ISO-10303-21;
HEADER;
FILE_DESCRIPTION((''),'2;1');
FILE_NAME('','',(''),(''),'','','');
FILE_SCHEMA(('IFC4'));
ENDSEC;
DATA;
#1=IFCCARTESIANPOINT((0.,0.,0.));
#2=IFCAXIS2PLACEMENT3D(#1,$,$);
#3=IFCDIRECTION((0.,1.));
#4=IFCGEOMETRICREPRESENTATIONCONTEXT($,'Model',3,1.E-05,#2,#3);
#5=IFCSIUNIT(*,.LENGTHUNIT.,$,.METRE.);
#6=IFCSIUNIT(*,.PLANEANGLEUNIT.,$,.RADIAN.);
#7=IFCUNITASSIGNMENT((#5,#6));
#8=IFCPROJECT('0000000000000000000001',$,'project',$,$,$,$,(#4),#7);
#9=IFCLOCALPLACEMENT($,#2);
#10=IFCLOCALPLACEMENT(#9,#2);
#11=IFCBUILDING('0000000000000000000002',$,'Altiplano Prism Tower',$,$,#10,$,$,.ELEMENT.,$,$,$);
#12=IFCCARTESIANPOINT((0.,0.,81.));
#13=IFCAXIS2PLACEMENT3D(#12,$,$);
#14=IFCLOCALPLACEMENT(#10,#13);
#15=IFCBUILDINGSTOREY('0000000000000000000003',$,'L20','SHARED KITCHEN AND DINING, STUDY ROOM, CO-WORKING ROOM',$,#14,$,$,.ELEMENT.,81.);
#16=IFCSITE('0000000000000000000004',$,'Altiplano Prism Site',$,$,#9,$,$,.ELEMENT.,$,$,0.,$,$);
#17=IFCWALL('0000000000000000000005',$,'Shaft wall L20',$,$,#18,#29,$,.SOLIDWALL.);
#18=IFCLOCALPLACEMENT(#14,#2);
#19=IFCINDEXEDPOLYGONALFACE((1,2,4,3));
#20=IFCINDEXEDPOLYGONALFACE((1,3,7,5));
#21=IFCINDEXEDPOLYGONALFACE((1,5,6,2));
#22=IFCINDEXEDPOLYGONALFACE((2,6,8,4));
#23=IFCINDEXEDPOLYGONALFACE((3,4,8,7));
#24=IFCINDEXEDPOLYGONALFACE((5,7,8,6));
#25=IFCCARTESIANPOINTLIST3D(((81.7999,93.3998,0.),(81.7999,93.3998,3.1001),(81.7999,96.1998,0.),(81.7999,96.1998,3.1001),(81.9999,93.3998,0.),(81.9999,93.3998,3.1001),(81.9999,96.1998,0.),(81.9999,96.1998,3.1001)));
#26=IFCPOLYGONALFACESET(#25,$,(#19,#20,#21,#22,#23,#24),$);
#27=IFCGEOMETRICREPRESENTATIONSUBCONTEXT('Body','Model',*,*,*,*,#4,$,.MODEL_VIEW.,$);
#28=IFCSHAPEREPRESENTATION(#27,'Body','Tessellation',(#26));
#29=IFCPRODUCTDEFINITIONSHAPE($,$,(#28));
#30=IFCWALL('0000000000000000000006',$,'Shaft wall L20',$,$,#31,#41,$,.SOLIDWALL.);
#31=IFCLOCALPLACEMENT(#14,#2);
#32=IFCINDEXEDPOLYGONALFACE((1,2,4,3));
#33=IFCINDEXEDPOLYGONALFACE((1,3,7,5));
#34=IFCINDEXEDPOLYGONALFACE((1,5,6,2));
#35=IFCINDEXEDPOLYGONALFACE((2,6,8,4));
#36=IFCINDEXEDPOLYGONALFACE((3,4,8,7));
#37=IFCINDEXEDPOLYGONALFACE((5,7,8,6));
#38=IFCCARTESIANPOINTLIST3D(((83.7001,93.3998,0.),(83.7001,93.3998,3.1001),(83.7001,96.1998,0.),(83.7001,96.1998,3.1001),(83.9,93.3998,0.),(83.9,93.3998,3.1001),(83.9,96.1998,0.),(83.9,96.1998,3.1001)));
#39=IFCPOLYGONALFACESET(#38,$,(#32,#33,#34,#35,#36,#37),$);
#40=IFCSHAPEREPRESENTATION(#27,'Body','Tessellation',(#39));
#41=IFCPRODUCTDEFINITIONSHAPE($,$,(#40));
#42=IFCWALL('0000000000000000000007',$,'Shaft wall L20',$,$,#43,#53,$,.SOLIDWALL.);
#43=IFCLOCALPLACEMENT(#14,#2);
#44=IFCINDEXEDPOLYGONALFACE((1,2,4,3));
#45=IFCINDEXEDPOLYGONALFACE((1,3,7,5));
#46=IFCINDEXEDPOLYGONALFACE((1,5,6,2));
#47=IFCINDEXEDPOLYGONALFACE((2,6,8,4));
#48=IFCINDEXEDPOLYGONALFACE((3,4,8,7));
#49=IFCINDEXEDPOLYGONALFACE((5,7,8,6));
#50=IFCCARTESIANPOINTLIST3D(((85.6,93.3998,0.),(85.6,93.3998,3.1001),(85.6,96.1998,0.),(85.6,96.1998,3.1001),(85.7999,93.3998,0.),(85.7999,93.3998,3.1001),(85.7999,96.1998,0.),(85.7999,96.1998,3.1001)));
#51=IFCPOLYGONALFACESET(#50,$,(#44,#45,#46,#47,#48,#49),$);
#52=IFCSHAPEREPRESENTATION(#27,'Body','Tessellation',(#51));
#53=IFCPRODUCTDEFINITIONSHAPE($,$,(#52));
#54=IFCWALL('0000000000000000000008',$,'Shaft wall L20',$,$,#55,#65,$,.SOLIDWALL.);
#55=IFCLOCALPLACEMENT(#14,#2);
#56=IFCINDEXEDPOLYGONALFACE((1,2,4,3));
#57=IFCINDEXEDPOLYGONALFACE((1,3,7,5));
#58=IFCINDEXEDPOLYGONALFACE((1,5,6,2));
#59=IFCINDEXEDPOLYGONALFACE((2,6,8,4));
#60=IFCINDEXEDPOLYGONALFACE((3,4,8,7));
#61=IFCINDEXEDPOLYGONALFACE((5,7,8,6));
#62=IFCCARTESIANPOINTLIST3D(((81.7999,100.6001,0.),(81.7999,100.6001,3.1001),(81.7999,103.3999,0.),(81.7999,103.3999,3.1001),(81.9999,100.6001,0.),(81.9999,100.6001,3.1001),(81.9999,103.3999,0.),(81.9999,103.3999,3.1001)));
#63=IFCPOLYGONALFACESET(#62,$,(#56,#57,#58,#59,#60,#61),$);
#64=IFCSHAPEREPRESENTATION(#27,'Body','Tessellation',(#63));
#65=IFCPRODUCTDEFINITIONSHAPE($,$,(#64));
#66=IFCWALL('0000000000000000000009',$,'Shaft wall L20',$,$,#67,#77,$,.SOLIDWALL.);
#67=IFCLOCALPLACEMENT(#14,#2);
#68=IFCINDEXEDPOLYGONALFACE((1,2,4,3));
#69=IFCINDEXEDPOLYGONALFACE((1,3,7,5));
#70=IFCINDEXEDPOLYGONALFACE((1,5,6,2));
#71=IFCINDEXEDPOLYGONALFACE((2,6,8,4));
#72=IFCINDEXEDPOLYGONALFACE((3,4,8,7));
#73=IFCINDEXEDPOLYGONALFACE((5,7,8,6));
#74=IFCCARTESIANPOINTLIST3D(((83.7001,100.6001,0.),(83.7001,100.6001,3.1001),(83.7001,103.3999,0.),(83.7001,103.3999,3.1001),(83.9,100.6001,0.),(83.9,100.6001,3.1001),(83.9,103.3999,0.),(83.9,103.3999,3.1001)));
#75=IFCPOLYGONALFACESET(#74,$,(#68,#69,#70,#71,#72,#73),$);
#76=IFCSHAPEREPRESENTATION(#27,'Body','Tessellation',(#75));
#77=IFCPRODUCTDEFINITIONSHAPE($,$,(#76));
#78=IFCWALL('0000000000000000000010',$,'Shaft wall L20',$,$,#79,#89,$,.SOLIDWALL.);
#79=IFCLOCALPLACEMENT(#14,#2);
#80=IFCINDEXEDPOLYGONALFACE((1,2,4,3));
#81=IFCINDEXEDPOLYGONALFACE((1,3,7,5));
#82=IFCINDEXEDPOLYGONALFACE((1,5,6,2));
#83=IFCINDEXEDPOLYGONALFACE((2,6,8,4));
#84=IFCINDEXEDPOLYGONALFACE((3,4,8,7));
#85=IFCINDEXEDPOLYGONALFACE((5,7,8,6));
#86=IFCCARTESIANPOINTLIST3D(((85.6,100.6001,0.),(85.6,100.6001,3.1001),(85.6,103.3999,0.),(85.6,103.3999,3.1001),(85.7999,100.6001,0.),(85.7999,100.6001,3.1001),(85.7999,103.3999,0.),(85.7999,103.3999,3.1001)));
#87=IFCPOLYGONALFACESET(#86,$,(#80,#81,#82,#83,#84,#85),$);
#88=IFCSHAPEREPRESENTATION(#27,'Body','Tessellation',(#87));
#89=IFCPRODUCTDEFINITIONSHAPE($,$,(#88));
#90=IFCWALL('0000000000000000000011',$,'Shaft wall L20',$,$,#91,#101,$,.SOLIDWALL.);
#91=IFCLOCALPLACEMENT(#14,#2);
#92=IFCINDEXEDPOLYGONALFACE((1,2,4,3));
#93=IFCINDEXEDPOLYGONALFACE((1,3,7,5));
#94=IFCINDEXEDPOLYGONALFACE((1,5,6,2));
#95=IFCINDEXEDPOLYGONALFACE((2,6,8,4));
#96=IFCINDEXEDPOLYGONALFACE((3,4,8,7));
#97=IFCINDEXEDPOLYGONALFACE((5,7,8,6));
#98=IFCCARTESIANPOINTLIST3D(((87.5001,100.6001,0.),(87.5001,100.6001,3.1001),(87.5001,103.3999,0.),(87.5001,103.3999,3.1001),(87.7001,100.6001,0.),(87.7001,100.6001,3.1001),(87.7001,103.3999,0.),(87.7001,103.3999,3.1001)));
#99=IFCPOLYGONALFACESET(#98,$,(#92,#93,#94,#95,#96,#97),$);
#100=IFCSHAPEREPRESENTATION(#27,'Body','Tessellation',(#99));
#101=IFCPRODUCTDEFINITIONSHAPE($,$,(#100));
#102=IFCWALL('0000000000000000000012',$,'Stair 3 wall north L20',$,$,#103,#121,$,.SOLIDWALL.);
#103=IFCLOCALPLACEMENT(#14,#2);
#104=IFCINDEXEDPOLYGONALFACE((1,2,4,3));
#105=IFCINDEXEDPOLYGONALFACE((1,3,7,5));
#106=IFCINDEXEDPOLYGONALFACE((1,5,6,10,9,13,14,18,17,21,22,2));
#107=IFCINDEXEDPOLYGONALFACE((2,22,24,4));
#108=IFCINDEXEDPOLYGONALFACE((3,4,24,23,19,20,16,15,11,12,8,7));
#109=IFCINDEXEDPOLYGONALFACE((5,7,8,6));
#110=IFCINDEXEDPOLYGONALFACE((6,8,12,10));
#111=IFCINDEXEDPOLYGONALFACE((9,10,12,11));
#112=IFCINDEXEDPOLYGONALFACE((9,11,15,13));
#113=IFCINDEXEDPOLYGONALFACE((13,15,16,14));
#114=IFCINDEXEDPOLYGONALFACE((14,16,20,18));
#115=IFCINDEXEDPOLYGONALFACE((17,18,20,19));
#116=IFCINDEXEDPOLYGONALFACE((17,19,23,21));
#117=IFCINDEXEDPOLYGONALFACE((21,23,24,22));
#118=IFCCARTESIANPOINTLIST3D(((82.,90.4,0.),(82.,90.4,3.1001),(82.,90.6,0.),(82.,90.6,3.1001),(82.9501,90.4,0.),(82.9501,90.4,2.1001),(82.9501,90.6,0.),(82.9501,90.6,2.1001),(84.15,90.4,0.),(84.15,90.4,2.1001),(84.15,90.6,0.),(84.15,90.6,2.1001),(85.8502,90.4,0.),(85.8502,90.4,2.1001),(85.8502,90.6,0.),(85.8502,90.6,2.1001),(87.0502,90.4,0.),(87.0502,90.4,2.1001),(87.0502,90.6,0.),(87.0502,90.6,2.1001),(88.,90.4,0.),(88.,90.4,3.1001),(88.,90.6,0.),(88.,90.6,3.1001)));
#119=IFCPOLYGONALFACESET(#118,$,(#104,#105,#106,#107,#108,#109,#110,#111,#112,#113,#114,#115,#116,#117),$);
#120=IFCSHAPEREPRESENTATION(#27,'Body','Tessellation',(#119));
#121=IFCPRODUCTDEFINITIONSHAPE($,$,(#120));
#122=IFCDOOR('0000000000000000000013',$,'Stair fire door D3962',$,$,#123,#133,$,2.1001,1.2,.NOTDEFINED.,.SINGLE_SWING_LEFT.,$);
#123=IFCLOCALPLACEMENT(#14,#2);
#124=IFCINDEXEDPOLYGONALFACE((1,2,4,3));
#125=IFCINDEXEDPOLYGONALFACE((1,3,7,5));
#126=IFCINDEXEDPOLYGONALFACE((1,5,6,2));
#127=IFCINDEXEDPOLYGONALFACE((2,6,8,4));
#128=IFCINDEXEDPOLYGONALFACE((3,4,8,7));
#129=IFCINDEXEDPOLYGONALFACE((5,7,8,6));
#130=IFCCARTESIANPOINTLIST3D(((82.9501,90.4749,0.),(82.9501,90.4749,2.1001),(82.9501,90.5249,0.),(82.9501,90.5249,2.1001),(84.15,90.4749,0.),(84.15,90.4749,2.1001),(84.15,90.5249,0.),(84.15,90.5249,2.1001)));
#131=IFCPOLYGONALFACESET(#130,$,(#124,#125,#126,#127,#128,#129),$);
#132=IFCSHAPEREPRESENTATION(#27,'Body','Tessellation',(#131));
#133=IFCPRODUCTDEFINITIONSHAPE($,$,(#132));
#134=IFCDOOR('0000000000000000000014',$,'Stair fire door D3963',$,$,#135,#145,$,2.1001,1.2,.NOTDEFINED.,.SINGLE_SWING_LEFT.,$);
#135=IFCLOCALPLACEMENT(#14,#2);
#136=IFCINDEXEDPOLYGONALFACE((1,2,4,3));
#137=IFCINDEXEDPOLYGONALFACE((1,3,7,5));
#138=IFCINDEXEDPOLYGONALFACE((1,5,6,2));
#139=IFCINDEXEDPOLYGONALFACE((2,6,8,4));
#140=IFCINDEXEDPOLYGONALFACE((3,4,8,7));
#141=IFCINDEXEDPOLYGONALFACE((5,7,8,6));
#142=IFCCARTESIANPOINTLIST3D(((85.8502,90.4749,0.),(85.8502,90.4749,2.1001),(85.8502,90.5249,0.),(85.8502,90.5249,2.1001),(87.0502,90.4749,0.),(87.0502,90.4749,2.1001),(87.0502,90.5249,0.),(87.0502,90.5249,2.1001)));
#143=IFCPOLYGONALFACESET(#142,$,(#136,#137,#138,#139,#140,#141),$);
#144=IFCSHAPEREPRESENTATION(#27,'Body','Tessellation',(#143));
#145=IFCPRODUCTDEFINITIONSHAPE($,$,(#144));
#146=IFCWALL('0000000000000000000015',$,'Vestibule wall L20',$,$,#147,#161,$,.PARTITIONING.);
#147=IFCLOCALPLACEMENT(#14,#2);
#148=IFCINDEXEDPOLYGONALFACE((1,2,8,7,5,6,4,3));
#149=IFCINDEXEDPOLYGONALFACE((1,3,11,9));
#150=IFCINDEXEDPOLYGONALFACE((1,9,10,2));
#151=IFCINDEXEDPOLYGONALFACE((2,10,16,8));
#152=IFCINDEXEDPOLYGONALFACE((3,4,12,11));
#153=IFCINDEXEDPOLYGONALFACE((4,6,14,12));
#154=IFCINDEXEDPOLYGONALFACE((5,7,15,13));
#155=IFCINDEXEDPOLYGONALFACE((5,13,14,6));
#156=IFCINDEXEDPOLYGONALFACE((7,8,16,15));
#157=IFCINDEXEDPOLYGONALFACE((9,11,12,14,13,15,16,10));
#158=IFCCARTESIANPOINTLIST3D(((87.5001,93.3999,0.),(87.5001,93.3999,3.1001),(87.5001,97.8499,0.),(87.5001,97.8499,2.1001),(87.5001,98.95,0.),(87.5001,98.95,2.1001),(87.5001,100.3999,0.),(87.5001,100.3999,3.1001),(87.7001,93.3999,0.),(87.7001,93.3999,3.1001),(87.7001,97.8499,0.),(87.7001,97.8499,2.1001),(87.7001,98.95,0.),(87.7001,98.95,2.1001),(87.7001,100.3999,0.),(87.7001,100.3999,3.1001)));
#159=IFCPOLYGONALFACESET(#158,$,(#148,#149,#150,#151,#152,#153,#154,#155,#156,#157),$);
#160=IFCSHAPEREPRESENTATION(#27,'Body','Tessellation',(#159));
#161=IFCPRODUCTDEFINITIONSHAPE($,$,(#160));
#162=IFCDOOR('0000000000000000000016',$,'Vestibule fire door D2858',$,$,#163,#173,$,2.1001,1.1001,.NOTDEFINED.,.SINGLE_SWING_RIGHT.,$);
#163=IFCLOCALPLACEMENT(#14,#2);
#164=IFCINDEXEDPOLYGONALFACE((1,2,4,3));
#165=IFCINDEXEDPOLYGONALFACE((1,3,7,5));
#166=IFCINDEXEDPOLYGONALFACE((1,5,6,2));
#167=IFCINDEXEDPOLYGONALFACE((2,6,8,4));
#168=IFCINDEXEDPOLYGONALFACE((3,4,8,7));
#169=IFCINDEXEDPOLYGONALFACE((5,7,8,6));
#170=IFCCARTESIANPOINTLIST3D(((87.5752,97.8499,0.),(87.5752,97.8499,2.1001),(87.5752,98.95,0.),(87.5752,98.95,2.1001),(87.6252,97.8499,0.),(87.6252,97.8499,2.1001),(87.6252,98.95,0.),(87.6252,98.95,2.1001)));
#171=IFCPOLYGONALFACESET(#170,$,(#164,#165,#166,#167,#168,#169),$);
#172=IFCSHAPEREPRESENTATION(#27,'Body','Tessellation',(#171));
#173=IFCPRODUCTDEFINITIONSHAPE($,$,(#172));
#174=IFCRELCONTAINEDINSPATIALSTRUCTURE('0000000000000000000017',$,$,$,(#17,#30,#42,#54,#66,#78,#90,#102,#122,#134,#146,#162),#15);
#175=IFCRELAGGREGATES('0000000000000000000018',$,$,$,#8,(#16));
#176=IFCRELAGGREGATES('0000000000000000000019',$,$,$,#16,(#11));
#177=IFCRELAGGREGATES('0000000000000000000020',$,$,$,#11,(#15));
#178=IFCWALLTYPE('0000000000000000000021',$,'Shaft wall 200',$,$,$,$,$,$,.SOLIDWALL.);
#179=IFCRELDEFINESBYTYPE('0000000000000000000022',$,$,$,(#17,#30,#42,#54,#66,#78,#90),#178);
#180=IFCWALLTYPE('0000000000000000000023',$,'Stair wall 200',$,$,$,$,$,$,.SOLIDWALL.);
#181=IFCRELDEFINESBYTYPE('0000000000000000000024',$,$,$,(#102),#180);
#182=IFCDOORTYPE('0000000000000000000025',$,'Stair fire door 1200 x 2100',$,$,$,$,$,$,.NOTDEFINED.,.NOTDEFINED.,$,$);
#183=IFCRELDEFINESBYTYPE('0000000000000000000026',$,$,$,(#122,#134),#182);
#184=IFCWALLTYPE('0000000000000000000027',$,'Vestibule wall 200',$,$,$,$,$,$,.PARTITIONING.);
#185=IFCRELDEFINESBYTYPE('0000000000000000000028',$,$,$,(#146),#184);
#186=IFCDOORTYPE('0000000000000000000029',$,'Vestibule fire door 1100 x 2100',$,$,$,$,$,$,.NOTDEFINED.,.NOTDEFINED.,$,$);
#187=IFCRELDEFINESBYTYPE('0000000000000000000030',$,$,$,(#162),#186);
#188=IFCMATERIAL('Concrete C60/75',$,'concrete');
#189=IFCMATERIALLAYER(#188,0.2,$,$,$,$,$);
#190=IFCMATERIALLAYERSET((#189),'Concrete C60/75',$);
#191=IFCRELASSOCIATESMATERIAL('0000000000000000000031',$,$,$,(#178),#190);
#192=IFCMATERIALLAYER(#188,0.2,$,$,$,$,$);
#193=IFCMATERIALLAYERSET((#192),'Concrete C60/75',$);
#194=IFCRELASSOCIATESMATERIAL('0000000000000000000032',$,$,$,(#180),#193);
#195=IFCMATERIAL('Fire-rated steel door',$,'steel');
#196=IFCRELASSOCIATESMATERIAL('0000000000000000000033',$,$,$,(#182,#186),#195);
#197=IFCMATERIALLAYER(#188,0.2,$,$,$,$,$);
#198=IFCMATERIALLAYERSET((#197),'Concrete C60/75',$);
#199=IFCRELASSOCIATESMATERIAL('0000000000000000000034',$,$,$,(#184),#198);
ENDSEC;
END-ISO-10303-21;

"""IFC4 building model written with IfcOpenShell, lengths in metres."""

from ifc_helpers import new_model, si_unit, direction, frame, frame_2d, origin, place, context, subcontext, project, spatial, rectangle, extrude, material, layer, layer_set, type_object, element, fill, save


model = new_model("IFC4")

# Units and contexts
model_context = context("Model", 3, precision=1e-05, world=origin(), true_north=direction((0.0, 1.0)))
body_context = subcontext(model_context, "Body", "Model", "MODEL_VIEW")
ifc_project = project(units=[si_unit("LENGTHUNIT", "METRE"), si_unit("PLANEANGLEUNIT", "RADIAN")], contexts=[model_context])

# Site, building, storey
site_placement = place(None, origin())
site = spatial("IfcSite", under=ifc_project, at=site_placement, Name="Altiplano Prism Site", CompositionType="ELEMENT", RefElevation=0.0)
building_placement = place(site_placement, origin())
building = spatial("IfcBuilding", under=site, at=building_placement, Name="Altiplano Prism Tower", CompositionType="ELEMENT")
storey_placement = place(building_placement, frame((0.0, 0.0, 81.0)))
storey = spatial("IfcBuildingStorey", under=building, at=storey_placement, Name="L20", Description="SHARED KITCHEN AND DINING, STUDY ROOM, CO-WORKING ROOM", CompositionType="ELEMENT", Elevation=81.0)

# Walls
ifc_material_1 = material(Name="Concrete C60/75", Category="concrete")
ifc_layer_1 = layer(ifc_material_1, 0.2)
ifc_layer_set_1 = layer_set([ifc_layer_1], Name="Concrete C60/75")
wall_type_1 = type_object("IfcWallType", Name="Shaft wall 200", PredefinedType="SOLIDWALL", material=ifc_layer_set_1)
for number, where, z_axis, x_axis, name in (
    (1, (81.8999, 93.3999, 0.0), (0.0, 0.0, 1.0), (0.0, 1.0, 0.0), "Shaft wall L20"),
    (2, (83.8, 93.3999, 0.0), (0.0, 0.0, 1.0), (0.0, 1.0, 0.0), "Shaft wall L20"),
    (3, (85.7, 93.3999, 0.0), (0.0, 0.0, 1.0), (0.0, 1.0, 0.0), "Shaft wall L20"),
):
    element("IfcWall", number, at=place(storey_placement, frame(where, z_axis=z_axis, x_axis=x_axis)), inside=storey, type_object=wall_type_1, Name=name, PredefinedType="SOLIDWALL", context=body_context, shape_type="SweptSolid", body=[
        extrude(rectangle(XDim=2.8, YDim=0.2, at=frame_2d((1.3999, 0.0))), origin(), (0.0, 0.0, 1.0), 3.1001),
    ])
for number, where, z_axis, x_axis, name in (
    (4, (81.8999, 100.6001, 0.0), (0.0, 0.0, 1.0), (0.0, 1.0, 0.0), "Shaft wall L20"),
    (5, (83.8, 100.6001, 0.0), (0.0, 0.0, 1.0), (0.0, 1.0, 0.0), "Shaft wall L20"),
    (6, (85.7, 100.6001, 0.0), (0.0, 0.0, 1.0), (0.0, 1.0, 0.0), "Shaft wall L20"),
    (7, (87.6001, 100.6001, 0.0), (0.0, 0.0, 1.0), (0.0, 1.0, 0.0), "Shaft wall L20"),
):
    element("IfcWall", number, at=place(storey_placement, frame(where, z_axis=z_axis, x_axis=x_axis)), inside=storey, type_object=wall_type_1, Name=name, PredefinedType="SOLIDWALL", context=body_context, shape_type="SweptSolid", body=[
        extrude(rectangle(XDim=2.7998, YDim=0.2, at=frame_2d((1.3999, 0.0))), origin(), (0.0, 0.0, 1.0), 3.1001),
    ])

# Wall, openings, doors
ifc_layer_2 = layer(ifc_material_1, 0.2)
ifc_layer_set_2 = layer_set([ifc_layer_2], Name="Concrete C60/75")
wall_type_2 = type_object("IfcWallType", Name="Stair wall 200", PredefinedType="SOLIDWALL", material=ifc_layer_set_2)
wall_1_placement = place(storey_placement, frame((82.0, 90.5, 0.0), z_axis=(0.0, 0.0, 1.0), x_axis=(1.0, 0.0, 0.0)))
wall_1 = element("IfcWall", 8, at=wall_1_placement, inside=storey, type_object=wall_type_2, Name="Stair 3 wall north L20", PredefinedType="SOLIDWALL", context=body_context, shape_type="SweptSolid", body=[
    extrude(rectangle(XDim=6.0, YDim=0.2, at=frame_2d((3.0, 0.0))), origin(), (0.0, 0.0, 1.0), 3.1001),
])
opening_1_placement = place(wall_1_placement, frame((0.95, 0.0, 0.0)))
opening_1 = element("IfcOpeningElement", 9, at=opening_1_placement, cuts=wall_1, PredefinedType="OPENING", context=body_context, shape_type="SweptSolid", body=[
    extrude(rectangle(XDim=1.2, YDim=2.1001, at=frame_2d((0.6001, 1.05))), frame((0.0, 0.1104, 0.0), z_axis=(0.0, -1.0, 0.0), x_axis=(1.0, 0.0, 0.0)), (0.0, 0.0, 1.0), 0.2209),
])
opening_2_placement = place(wall_1_placement, frame((3.8501, 0.0, 0.0)))
opening_2 = element("IfcOpeningElement", 10, at=opening_2_placement, cuts=wall_1, PredefinedType="OPENING", context=body_context, shape_type="SweptSolid", body=[
    extrude(rectangle(XDim=1.2, YDim=2.1001, at=frame_2d((0.6001, 1.05))), frame((0.0, 0.1104, 0.0), z_axis=(0.0, -1.0, 0.0), x_axis=(1.0, 0.0, 0.0)), (0.0, 0.0, 1.0), 0.2209),
])
ifc_material_2 = material(Name="Fire-rated steel door", Category="steel")
door_type_1 = type_object("IfcDoorType", Name="Stair fire door 1200 x 2100", OperationType="NOTDEFINED", PredefinedType="NOTDEFINED", material=ifc_material_2)
door_1_placement = place(opening_1_placement, origin())
door_1 = element("IfcDoor", 11, at=door_1_placement, inside=storey, type_object=door_type_1, Name="Stair fire door D3962", OperationType="SINGLE_SWING_LEFT", OverallHeight=2.1001, OverallWidth=1.2, PredefinedType="NOTDEFINED", context=body_context, shape_type="SweptSolid", body=[
    extrude(rectangle(XDim=1.2, YDim=2.1001, at=frame_2d((0.6001, 1.05))), frame((0.0, 0.0249, 0.0), z_axis=(0.0, -1.0, 0.0), x_axis=(1.0, 0.0, 0.0)), (0.0, 0.0, 1.0), 0.05),
])
fill(opening_1, door_1)
door_2_placement = place(opening_2_placement, origin())
door_2 = element("IfcDoor", 12, at=door_2_placement, inside=storey, type_object=door_type_1, Name="Stair fire door D3963", OperationType="SINGLE_SWING_LEFT", OverallHeight=2.1001, OverallWidth=1.2, PredefinedType="NOTDEFINED", context=body_context, shape_type="SweptSolid", body=[
    extrude(rectangle(XDim=1.2, YDim=2.1001, at=frame_2d((0.6001, 1.05))), frame((0.0, 0.0249, 0.0), z_axis=(0.0, -1.0, 0.0), x_axis=(1.0, 0.0, 0.0)), (0.0, 0.0, 1.0), 0.05),
])
fill(opening_2, door_2)

# Wall, opening, door
ifc_layer_3 = layer(ifc_material_1, 0.2)
ifc_layer_set_3 = layer_set([ifc_layer_3], Name="Concrete C60/75")
wall_type_3 = type_object("IfcWallType", Name="Vestibule wall 200", PredefinedType="PARTITIONING", material=ifc_layer_set_3)
wall_2_placement = place(storey_placement, frame((87.6001, 93.3999, 0.0), z_axis=(0.0, 0.0, 1.0), x_axis=(0.0, 1.0, 0.0)))
wall_2 = element("IfcWall", 13, at=wall_2_placement, inside=storey, type_object=wall_type_3, Name="Vestibule wall L20", PredefinedType="PARTITIONING", context=body_context, shape_type="SweptSolid", body=[
    extrude(rectangle(XDim=7.0, YDim=0.2, at=frame_2d((3.5, 0.0))), origin(), (0.0, 0.0, 1.0), 3.1001),
])
opening_3_placement = place(wall_2_placement, frame((4.45, 0.0, 0.0)))
opening_3 = element("IfcOpeningElement", 14, at=opening_3_placement, cuts=wall_2, PredefinedType="OPENING", context=body_context, shape_type="SweptSolid", body=[
    extrude(rectangle(XDim=1.1001, YDim=2.1001, at=frame_2d((0.55, 1.05))), frame((0.0, 0.1104, 0.0), z_axis=(0.0, -1.0, 0.0), x_axis=(1.0, 0.0, 0.0)), (0.0, 0.0, 1.0), 0.2209),
])
door_type_2 = type_object("IfcDoorType", Name="Vestibule fire door 1100 x 2100", OperationType="NOTDEFINED", PredefinedType="NOTDEFINED", material=ifc_material_2)
door_3_placement = place(opening_3_placement, origin())
door_3 = element("IfcDoor", 15, at=door_3_placement, inside=storey, type_object=door_type_2, Name="Vestibule fire door D2858", OperationType="SINGLE_SWING_RIGHT", OverallHeight=2.1001, OverallWidth=1.1001, PredefinedType="NOTDEFINED", context=body_context, shape_type="SweptSolid", body=[
    extrude(rectangle(XDim=1.1001, YDim=2.1001, at=frame_2d((0.55, 1.05))), frame((0.0, 0.0249, 0.0), z_axis=(0.0, -1.0, 0.0), x_axis=(1.0, 0.0, 0.0)), (0.0, 0.0, 1.0), 0.05),
])
fill(opening_3, door_3)

save(model, "model.ifc")
